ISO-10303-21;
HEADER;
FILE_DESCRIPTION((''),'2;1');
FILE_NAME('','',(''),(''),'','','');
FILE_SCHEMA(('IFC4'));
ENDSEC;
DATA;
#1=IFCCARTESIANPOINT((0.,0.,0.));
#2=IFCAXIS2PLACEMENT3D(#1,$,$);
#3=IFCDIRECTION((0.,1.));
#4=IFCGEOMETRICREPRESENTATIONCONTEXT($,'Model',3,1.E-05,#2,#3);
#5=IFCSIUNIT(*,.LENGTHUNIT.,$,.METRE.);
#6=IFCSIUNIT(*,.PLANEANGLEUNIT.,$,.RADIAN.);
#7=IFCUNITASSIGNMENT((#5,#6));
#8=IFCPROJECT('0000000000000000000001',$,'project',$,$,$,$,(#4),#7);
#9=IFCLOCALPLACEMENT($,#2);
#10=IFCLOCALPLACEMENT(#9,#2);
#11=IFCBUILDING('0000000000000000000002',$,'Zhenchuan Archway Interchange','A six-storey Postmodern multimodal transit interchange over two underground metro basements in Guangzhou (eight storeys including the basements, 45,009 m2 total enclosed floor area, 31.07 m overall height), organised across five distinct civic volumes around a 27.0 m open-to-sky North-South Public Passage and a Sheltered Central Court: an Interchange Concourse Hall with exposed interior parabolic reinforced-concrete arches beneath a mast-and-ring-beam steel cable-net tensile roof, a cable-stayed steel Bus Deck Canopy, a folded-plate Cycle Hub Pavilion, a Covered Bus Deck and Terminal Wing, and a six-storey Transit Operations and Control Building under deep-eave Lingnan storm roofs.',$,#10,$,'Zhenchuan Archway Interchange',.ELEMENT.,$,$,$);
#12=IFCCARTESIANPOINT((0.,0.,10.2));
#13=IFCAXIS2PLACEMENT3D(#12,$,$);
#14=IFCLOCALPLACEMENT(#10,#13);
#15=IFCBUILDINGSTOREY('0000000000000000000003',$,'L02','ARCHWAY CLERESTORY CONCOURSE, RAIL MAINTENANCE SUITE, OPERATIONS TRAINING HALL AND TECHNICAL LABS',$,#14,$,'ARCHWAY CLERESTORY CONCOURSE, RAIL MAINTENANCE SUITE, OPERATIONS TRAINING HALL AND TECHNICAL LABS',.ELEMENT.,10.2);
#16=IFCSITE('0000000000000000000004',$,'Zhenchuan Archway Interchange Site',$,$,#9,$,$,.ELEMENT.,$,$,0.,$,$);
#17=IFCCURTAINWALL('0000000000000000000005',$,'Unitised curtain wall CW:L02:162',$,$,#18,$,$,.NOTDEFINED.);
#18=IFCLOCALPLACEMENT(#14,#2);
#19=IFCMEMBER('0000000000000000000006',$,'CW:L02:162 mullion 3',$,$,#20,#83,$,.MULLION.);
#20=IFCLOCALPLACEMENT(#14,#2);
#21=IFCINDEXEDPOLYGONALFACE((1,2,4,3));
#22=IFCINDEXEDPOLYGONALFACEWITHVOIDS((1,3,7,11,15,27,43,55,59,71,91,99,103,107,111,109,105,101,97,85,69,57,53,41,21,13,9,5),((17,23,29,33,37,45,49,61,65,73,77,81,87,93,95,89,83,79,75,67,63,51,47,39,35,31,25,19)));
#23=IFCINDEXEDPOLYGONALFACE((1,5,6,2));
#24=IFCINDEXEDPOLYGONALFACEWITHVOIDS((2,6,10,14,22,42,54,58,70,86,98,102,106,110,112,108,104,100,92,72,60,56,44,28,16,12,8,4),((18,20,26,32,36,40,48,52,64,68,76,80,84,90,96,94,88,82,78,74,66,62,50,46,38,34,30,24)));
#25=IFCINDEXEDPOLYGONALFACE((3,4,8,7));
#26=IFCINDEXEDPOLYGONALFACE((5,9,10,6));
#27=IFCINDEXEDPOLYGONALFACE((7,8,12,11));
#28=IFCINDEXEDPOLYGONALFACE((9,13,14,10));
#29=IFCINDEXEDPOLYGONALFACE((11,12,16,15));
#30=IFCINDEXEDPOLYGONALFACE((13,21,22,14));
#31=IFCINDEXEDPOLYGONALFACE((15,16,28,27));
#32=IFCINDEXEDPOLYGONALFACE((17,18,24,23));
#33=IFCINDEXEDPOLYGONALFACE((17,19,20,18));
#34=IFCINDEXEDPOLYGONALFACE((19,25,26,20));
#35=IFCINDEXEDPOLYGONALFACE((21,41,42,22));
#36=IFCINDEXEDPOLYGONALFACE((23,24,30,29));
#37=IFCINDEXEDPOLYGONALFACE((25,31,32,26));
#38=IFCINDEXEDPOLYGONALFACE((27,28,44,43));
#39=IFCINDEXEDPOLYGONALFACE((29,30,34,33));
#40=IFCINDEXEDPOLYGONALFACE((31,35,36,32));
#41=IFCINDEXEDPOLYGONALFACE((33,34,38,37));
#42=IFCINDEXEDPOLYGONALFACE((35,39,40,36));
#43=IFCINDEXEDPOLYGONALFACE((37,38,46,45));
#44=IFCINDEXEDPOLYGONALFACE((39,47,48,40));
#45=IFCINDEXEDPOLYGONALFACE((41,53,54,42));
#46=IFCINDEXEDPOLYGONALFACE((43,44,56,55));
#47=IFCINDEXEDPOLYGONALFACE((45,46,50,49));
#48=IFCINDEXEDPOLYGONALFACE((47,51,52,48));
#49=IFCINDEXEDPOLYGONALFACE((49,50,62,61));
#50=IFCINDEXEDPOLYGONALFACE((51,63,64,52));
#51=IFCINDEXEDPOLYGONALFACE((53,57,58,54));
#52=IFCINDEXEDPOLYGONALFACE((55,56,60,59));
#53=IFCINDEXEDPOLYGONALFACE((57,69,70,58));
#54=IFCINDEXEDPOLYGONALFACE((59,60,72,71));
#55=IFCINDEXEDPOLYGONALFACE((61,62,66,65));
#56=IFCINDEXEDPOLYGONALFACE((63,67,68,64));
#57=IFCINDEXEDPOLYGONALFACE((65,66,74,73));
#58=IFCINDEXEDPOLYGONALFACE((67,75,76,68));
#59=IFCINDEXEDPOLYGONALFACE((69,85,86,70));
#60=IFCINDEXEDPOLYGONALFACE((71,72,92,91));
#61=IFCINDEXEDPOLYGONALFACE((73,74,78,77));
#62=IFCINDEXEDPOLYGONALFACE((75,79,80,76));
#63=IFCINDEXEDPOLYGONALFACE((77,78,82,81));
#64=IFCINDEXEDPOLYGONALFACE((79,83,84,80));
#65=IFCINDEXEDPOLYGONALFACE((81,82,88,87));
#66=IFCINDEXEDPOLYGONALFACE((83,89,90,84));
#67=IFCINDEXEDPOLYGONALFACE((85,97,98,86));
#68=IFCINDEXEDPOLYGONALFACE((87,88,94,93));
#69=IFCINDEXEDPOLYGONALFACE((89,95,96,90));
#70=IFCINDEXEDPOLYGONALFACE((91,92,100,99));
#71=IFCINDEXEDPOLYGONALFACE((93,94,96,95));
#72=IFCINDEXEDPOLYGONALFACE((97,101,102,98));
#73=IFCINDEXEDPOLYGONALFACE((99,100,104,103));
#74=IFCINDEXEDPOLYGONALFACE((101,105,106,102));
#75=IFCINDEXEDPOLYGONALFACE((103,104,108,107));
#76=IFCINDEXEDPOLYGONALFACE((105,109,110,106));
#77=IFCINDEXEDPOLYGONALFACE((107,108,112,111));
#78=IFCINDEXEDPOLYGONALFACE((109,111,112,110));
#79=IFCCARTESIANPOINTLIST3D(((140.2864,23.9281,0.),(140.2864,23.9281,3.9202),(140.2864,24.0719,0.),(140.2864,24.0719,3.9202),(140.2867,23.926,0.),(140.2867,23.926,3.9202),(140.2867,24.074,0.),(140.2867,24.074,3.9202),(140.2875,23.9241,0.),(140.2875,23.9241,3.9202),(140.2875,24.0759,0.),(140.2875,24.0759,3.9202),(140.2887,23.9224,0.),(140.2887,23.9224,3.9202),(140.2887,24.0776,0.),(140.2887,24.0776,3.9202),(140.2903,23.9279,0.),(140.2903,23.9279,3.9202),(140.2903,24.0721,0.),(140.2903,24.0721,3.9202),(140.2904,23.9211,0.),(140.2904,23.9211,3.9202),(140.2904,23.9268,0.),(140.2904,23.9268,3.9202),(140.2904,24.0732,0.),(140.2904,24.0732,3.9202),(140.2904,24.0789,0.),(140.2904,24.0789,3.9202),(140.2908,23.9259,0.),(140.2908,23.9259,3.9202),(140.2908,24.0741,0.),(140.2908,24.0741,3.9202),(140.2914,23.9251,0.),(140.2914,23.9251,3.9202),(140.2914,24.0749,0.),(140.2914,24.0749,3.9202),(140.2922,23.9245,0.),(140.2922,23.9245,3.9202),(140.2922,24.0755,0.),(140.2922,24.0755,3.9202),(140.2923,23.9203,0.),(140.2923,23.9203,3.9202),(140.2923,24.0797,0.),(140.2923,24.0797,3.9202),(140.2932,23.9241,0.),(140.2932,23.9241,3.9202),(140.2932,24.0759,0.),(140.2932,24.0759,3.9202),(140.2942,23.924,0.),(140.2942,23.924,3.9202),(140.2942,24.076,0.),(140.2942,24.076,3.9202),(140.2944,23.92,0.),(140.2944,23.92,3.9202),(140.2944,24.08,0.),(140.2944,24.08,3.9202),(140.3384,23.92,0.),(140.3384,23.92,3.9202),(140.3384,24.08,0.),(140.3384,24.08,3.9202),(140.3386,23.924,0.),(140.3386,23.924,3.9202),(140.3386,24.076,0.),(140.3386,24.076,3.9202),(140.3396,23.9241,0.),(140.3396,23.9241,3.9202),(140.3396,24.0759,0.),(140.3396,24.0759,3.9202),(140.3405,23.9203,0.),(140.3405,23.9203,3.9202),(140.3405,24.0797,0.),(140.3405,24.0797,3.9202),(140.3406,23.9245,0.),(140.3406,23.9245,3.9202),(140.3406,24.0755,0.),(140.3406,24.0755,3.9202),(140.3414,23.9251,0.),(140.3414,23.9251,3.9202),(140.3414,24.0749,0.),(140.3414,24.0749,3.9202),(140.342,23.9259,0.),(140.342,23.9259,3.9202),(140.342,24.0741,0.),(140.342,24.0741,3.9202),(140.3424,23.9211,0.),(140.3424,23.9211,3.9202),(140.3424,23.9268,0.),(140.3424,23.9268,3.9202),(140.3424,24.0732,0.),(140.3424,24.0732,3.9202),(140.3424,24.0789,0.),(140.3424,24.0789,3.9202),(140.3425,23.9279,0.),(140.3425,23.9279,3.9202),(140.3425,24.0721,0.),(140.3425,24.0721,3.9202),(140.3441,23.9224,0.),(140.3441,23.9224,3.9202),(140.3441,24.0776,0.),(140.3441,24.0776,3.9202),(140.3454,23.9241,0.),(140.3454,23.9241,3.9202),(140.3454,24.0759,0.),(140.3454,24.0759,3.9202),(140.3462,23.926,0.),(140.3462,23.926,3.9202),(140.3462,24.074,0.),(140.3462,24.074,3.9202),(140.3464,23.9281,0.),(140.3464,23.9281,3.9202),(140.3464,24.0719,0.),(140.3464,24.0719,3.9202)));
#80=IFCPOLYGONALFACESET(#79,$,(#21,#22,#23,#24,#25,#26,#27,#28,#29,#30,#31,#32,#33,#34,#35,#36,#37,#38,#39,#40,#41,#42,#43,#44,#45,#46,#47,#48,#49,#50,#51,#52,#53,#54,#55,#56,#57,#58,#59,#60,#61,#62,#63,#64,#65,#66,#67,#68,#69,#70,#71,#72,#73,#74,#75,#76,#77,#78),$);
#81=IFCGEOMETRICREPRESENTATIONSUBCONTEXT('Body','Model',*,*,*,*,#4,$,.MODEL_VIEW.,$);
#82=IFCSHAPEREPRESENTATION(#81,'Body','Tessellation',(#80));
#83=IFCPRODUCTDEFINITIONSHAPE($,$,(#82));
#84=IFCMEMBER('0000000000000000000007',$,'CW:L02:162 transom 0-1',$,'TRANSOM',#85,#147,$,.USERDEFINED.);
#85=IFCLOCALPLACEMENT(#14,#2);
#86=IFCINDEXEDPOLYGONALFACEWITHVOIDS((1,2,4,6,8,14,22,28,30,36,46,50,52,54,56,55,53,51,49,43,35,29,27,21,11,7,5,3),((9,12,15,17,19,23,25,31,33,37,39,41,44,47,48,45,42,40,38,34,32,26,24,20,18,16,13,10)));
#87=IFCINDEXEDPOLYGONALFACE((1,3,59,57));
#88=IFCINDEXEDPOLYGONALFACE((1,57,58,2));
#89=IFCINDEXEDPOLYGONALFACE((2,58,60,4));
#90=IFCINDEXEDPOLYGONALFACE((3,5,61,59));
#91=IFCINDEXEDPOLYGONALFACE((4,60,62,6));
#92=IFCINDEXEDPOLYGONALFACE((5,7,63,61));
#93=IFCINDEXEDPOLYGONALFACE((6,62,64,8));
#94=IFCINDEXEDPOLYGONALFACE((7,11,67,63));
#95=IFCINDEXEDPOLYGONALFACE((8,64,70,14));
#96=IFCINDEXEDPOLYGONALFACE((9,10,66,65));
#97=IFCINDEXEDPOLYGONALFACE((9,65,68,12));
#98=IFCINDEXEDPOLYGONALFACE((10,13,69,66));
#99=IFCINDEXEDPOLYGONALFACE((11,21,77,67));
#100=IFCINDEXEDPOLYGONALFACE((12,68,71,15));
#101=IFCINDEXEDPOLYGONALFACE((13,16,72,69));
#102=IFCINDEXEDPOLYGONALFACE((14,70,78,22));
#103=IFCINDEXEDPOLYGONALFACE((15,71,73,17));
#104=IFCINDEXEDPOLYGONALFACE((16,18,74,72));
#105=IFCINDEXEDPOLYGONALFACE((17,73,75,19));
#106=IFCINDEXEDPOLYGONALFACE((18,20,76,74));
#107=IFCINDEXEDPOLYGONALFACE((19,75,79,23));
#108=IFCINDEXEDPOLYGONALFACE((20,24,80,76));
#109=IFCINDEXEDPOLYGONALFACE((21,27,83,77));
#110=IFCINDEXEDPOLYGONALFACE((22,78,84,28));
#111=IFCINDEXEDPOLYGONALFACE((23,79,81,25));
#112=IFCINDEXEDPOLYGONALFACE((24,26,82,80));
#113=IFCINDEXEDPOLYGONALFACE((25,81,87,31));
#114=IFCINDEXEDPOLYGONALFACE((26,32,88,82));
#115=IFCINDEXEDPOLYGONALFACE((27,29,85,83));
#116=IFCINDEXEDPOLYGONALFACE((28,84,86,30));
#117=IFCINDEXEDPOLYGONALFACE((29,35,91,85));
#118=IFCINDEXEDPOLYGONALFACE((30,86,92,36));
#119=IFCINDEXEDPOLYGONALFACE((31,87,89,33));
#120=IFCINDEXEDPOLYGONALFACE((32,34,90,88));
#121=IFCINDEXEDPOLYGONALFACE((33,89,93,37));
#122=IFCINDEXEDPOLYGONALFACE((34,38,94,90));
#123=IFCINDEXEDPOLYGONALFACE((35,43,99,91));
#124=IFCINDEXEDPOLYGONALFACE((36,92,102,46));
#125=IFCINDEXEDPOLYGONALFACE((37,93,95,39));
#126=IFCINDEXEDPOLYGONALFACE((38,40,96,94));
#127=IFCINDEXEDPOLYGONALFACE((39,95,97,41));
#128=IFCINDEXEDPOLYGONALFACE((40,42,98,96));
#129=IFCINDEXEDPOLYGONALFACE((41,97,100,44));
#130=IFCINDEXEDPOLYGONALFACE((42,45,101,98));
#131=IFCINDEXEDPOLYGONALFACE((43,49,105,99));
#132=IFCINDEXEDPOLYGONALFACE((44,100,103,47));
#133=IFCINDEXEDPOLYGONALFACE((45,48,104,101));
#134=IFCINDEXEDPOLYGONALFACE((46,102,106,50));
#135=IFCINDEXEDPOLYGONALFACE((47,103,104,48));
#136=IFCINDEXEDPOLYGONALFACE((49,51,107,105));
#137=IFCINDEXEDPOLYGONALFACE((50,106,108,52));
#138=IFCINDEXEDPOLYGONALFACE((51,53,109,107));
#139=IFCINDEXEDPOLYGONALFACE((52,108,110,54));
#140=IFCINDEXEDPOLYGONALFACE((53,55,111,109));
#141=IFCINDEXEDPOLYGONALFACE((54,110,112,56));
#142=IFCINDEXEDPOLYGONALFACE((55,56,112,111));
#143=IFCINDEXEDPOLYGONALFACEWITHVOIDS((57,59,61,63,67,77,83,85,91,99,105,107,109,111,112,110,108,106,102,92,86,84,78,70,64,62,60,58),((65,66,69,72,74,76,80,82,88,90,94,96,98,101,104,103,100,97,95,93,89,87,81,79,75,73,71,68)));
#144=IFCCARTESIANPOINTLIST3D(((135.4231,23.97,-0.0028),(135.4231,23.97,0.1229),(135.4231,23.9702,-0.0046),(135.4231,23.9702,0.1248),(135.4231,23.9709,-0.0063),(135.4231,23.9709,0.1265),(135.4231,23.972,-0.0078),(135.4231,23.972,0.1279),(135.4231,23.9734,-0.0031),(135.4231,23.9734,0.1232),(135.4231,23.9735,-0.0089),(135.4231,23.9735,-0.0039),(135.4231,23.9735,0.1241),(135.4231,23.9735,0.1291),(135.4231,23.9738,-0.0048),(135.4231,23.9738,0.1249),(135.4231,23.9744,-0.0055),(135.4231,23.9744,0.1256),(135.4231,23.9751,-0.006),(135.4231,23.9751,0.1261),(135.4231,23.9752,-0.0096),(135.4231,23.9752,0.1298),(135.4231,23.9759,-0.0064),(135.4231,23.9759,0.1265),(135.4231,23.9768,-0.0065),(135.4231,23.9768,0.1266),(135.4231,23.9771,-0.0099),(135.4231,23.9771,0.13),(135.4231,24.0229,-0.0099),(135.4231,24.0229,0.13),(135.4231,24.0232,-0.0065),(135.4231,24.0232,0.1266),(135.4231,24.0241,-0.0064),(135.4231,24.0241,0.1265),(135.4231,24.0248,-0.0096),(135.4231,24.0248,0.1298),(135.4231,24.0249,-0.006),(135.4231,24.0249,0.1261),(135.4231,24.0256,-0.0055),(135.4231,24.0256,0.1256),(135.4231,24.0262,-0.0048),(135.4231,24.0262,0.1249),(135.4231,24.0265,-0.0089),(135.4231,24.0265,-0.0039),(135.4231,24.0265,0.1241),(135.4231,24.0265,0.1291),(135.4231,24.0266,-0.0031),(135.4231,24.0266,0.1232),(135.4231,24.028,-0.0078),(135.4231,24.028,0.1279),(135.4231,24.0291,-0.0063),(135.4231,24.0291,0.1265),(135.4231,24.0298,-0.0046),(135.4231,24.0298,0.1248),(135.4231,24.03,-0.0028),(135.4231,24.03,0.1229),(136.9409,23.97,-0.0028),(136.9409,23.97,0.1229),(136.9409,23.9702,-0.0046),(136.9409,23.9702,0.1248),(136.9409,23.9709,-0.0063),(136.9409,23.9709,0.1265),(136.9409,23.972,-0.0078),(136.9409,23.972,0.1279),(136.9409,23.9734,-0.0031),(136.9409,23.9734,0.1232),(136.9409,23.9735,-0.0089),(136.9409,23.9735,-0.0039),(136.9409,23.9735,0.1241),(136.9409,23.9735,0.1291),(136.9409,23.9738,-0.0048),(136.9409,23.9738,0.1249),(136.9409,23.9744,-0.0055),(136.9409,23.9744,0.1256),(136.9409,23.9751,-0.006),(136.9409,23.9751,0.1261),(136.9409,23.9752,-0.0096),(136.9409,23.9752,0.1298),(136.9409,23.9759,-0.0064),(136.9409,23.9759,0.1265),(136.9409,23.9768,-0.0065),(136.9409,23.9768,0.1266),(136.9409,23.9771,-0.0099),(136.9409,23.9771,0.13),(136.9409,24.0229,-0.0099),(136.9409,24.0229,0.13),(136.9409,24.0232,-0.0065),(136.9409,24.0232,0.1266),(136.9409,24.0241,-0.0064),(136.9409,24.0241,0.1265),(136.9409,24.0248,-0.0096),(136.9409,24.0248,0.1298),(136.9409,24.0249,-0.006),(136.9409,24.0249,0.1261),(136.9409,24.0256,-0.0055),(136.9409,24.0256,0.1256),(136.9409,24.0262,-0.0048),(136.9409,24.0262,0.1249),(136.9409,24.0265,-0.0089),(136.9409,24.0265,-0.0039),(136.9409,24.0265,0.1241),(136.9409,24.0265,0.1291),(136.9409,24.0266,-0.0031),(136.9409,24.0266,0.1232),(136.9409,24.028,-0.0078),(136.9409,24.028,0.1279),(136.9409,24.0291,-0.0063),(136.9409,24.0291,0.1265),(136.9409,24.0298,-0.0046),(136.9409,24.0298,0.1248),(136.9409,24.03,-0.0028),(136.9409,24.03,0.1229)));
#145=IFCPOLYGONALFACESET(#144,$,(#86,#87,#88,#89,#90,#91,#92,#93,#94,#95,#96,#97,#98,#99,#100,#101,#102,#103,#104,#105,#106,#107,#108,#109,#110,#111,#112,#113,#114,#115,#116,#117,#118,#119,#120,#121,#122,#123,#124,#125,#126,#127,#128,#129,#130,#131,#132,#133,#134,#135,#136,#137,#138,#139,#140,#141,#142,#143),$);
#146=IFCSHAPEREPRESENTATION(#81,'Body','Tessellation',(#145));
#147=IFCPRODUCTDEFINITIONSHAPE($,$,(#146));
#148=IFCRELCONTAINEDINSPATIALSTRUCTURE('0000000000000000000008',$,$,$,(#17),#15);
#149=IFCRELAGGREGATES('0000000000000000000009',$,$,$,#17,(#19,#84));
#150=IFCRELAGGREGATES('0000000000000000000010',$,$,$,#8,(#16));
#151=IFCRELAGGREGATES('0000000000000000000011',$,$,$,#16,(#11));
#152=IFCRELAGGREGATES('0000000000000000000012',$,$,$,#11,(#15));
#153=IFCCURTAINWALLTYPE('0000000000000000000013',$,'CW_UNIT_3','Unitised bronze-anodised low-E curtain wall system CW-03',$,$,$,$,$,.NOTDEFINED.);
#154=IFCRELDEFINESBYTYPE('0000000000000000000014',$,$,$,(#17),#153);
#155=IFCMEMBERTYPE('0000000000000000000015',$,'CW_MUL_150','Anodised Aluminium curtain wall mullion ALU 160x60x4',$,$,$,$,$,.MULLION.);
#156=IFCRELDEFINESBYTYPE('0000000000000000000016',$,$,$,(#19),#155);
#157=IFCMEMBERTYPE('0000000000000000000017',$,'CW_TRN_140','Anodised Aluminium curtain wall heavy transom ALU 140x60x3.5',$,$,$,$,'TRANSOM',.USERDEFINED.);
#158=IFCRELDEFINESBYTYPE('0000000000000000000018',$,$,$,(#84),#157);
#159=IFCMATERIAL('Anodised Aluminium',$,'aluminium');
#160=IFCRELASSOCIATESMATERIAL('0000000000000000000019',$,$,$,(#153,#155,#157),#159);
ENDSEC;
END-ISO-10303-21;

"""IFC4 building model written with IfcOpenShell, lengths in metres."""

from ifc_helpers import new_model, si_unit, direction, frame, origin, origin_2d, place, context, subcontext, project, spatial, hollow_rectangle, extrude, material, material_profile, profile_set, type_object, element, aggregate, save


model = new_model("IFC4")

# Units and contexts
model_context = context("Model", 3, precision=1e-05, world=origin(), true_north=direction((0.0, 1.0)))
body_context = subcontext(model_context, "Body", "Model", "MODEL_VIEW")
ifc_project = project(units=[si_unit("LENGTHUNIT", "METRE"), si_unit("PLANEANGLEUNIT", "RADIAN")], contexts=[model_context])

# Site, building, storey
site_placement = place(None, origin())
site = spatial("IfcSite", under=ifc_project, at=site_placement, Name="Zhenchuan Archway Interchange Site", CompositionType="ELEMENT", RefElevation=0.0)
building_placement = place(site_placement, origin())
building = spatial("IfcBuilding", under=site, at=building_placement, Name="Zhenchuan Archway Interchange", Description="A six-storey Postmodern multimodal transit interchange over two underground metro basements in Guangzhou (eight storeys including the basements, 45,009 m2 total enclosed floor area, 31.07 m overall height), organised across five distinct civic volumes around a 27.0 m open-to-sky North-South Public Passage and a Sheltered Central Court: an Interchange Concourse Hall with exposed interior parabolic reinforced-concrete arches beneath a mast-and-ring-beam steel cable-net tensile roof, a cable-stayed steel Bus Deck Canopy, a folded-plate Cycle Hub Pavilion, a Covered Bus Deck and Terminal Wing, and a six-storey Transit Operations and Control Building under deep-eave Lingnan storm roofs.", LongName="Zhenchuan Archway Interchange", CompositionType="ELEMENT")
storey_placement = place(building_placement, frame((0.0, 0.0, 10.2)))
storey = spatial("IfcBuildingStorey", under=building, at=storey_placement, Name="L02", Description="ARCHWAY CLERESTORY CONCOURSE, RAIL MAINTENANCE SUITE, OPERATIONS TRAINING HALL AND TECHNICAL LABS", LongName="ARCHWAY CLERESTORY CONCOURSE, RAIL MAINTENANCE SUITE, OPERATIONS TRAINING HALL AND TECHNICAL LABS", CompositionType="ELEMENT", Elevation=10.2)

# Curtain wall, members
ifc_material_1 = material(Name="Anodised Aluminium", Category="aluminium")
curtain_wall_type = type_object("IfcCurtainWallType", Name="CW_UNIT_3", Description="Unitised bronze-anodised low-E curtain wall system CW-03", PredefinedType="NOTDEFINED", material=ifc_material_1)
curtain_wall_placement = place(storey_placement, origin())
curtain_wall = element("IfcCurtainWall", 1, at=curtain_wall_placement, inside=storey, type_object=curtain_wall_type, Name="Unitised curtain wall CW:L02:162", PredefinedType="NOTDEFINED")
ifc_material_profile_1 = material_profile(ifc_material_1, hollow_rectangle(XDim=0.0601, YDim=0.1599, WallThickness=0.0039, InnerFilletRadius=0.0039, OuterFilletRadius=0.0081, at=origin_2d()), Name="ALU 160x60x4")
ifc_profile_set_1 = profile_set([ifc_material_profile_1], Name="Anodised Aluminium")
member_type_1 = type_object("IfcMemberType", Name="CW_MUL_150", Description="Anodised Aluminium curtain wall mullion ALU 160x60x4", PredefinedType="MULLION", material=ifc_profile_set_1)
member_1_placement = place(storey_placement, frame((140.3164, 24.0, 0.0), z_axis=(0.0, 0.0, 1.0), x_axis=(1.0, 0.0, 0.0)))
member_1 = element("IfcMember", 2, at=member_1_placement, type_object=member_type_1, Name="CW:L02:162 mullion 3", PredefinedType="MULLION", context=body_context, shape_type="SweptSolid", body=[
    extrude(hollow_rectangle(XDim=0.0601, YDim=0.1599, WallThickness=0.0039, InnerFilletRadius=0.0039, OuterFilletRadius=0.0081, at=origin_2d()), origin(), (0.0, 0.0, 1.0), 3.9202),
])
ifc_material_profile_2 = material_profile(ifc_material_1, hollow_rectangle(XDim=0.0601, YDim=0.1399, WallThickness=0.0034, InnerFilletRadius=0.0034, OuterFilletRadius=0.0071, at=origin_2d()), Name="ALU 140x60x3.5")
ifc_profile_set_2 = profile_set([ifc_material_profile_2], Name="Anodised Aluminium")
member_type_2 = type_object("IfcMemberType", Name="CW_TRN_140", Description="Anodised Aluminium curtain wall heavy transom ALU 140x60x3.5", ElementType="TRANSOM", PredefinedType="USERDEFINED", material=ifc_profile_set_2)
member_2_placement = place(storey_placement, frame((135.4231, 24.0, 0.0601), z_axis=(1.0, 0.0, 0.0), x_axis=(0.0, 1.0, 0.0)))
member_2 = element("IfcMember", 3, at=member_2_placement, type_object=member_type_2, Name="CW:L02:162 transom 0-1", ObjectType="TRANSOM", PredefinedType="USERDEFINED", context=body_context, shape_type="SweptSolid", body=[
    extrude(hollow_rectangle(XDim=0.0601, YDim=0.1399, WallThickness=0.0034, InnerFilletRadius=0.0034, OuterFilletRadius=0.0071, at=origin_2d()), origin(), (0.0, 0.0, 1.0), 1.5178),
])
aggregate(curtain_wall, [member_1, member_2])

save(model, "model.ifc")
